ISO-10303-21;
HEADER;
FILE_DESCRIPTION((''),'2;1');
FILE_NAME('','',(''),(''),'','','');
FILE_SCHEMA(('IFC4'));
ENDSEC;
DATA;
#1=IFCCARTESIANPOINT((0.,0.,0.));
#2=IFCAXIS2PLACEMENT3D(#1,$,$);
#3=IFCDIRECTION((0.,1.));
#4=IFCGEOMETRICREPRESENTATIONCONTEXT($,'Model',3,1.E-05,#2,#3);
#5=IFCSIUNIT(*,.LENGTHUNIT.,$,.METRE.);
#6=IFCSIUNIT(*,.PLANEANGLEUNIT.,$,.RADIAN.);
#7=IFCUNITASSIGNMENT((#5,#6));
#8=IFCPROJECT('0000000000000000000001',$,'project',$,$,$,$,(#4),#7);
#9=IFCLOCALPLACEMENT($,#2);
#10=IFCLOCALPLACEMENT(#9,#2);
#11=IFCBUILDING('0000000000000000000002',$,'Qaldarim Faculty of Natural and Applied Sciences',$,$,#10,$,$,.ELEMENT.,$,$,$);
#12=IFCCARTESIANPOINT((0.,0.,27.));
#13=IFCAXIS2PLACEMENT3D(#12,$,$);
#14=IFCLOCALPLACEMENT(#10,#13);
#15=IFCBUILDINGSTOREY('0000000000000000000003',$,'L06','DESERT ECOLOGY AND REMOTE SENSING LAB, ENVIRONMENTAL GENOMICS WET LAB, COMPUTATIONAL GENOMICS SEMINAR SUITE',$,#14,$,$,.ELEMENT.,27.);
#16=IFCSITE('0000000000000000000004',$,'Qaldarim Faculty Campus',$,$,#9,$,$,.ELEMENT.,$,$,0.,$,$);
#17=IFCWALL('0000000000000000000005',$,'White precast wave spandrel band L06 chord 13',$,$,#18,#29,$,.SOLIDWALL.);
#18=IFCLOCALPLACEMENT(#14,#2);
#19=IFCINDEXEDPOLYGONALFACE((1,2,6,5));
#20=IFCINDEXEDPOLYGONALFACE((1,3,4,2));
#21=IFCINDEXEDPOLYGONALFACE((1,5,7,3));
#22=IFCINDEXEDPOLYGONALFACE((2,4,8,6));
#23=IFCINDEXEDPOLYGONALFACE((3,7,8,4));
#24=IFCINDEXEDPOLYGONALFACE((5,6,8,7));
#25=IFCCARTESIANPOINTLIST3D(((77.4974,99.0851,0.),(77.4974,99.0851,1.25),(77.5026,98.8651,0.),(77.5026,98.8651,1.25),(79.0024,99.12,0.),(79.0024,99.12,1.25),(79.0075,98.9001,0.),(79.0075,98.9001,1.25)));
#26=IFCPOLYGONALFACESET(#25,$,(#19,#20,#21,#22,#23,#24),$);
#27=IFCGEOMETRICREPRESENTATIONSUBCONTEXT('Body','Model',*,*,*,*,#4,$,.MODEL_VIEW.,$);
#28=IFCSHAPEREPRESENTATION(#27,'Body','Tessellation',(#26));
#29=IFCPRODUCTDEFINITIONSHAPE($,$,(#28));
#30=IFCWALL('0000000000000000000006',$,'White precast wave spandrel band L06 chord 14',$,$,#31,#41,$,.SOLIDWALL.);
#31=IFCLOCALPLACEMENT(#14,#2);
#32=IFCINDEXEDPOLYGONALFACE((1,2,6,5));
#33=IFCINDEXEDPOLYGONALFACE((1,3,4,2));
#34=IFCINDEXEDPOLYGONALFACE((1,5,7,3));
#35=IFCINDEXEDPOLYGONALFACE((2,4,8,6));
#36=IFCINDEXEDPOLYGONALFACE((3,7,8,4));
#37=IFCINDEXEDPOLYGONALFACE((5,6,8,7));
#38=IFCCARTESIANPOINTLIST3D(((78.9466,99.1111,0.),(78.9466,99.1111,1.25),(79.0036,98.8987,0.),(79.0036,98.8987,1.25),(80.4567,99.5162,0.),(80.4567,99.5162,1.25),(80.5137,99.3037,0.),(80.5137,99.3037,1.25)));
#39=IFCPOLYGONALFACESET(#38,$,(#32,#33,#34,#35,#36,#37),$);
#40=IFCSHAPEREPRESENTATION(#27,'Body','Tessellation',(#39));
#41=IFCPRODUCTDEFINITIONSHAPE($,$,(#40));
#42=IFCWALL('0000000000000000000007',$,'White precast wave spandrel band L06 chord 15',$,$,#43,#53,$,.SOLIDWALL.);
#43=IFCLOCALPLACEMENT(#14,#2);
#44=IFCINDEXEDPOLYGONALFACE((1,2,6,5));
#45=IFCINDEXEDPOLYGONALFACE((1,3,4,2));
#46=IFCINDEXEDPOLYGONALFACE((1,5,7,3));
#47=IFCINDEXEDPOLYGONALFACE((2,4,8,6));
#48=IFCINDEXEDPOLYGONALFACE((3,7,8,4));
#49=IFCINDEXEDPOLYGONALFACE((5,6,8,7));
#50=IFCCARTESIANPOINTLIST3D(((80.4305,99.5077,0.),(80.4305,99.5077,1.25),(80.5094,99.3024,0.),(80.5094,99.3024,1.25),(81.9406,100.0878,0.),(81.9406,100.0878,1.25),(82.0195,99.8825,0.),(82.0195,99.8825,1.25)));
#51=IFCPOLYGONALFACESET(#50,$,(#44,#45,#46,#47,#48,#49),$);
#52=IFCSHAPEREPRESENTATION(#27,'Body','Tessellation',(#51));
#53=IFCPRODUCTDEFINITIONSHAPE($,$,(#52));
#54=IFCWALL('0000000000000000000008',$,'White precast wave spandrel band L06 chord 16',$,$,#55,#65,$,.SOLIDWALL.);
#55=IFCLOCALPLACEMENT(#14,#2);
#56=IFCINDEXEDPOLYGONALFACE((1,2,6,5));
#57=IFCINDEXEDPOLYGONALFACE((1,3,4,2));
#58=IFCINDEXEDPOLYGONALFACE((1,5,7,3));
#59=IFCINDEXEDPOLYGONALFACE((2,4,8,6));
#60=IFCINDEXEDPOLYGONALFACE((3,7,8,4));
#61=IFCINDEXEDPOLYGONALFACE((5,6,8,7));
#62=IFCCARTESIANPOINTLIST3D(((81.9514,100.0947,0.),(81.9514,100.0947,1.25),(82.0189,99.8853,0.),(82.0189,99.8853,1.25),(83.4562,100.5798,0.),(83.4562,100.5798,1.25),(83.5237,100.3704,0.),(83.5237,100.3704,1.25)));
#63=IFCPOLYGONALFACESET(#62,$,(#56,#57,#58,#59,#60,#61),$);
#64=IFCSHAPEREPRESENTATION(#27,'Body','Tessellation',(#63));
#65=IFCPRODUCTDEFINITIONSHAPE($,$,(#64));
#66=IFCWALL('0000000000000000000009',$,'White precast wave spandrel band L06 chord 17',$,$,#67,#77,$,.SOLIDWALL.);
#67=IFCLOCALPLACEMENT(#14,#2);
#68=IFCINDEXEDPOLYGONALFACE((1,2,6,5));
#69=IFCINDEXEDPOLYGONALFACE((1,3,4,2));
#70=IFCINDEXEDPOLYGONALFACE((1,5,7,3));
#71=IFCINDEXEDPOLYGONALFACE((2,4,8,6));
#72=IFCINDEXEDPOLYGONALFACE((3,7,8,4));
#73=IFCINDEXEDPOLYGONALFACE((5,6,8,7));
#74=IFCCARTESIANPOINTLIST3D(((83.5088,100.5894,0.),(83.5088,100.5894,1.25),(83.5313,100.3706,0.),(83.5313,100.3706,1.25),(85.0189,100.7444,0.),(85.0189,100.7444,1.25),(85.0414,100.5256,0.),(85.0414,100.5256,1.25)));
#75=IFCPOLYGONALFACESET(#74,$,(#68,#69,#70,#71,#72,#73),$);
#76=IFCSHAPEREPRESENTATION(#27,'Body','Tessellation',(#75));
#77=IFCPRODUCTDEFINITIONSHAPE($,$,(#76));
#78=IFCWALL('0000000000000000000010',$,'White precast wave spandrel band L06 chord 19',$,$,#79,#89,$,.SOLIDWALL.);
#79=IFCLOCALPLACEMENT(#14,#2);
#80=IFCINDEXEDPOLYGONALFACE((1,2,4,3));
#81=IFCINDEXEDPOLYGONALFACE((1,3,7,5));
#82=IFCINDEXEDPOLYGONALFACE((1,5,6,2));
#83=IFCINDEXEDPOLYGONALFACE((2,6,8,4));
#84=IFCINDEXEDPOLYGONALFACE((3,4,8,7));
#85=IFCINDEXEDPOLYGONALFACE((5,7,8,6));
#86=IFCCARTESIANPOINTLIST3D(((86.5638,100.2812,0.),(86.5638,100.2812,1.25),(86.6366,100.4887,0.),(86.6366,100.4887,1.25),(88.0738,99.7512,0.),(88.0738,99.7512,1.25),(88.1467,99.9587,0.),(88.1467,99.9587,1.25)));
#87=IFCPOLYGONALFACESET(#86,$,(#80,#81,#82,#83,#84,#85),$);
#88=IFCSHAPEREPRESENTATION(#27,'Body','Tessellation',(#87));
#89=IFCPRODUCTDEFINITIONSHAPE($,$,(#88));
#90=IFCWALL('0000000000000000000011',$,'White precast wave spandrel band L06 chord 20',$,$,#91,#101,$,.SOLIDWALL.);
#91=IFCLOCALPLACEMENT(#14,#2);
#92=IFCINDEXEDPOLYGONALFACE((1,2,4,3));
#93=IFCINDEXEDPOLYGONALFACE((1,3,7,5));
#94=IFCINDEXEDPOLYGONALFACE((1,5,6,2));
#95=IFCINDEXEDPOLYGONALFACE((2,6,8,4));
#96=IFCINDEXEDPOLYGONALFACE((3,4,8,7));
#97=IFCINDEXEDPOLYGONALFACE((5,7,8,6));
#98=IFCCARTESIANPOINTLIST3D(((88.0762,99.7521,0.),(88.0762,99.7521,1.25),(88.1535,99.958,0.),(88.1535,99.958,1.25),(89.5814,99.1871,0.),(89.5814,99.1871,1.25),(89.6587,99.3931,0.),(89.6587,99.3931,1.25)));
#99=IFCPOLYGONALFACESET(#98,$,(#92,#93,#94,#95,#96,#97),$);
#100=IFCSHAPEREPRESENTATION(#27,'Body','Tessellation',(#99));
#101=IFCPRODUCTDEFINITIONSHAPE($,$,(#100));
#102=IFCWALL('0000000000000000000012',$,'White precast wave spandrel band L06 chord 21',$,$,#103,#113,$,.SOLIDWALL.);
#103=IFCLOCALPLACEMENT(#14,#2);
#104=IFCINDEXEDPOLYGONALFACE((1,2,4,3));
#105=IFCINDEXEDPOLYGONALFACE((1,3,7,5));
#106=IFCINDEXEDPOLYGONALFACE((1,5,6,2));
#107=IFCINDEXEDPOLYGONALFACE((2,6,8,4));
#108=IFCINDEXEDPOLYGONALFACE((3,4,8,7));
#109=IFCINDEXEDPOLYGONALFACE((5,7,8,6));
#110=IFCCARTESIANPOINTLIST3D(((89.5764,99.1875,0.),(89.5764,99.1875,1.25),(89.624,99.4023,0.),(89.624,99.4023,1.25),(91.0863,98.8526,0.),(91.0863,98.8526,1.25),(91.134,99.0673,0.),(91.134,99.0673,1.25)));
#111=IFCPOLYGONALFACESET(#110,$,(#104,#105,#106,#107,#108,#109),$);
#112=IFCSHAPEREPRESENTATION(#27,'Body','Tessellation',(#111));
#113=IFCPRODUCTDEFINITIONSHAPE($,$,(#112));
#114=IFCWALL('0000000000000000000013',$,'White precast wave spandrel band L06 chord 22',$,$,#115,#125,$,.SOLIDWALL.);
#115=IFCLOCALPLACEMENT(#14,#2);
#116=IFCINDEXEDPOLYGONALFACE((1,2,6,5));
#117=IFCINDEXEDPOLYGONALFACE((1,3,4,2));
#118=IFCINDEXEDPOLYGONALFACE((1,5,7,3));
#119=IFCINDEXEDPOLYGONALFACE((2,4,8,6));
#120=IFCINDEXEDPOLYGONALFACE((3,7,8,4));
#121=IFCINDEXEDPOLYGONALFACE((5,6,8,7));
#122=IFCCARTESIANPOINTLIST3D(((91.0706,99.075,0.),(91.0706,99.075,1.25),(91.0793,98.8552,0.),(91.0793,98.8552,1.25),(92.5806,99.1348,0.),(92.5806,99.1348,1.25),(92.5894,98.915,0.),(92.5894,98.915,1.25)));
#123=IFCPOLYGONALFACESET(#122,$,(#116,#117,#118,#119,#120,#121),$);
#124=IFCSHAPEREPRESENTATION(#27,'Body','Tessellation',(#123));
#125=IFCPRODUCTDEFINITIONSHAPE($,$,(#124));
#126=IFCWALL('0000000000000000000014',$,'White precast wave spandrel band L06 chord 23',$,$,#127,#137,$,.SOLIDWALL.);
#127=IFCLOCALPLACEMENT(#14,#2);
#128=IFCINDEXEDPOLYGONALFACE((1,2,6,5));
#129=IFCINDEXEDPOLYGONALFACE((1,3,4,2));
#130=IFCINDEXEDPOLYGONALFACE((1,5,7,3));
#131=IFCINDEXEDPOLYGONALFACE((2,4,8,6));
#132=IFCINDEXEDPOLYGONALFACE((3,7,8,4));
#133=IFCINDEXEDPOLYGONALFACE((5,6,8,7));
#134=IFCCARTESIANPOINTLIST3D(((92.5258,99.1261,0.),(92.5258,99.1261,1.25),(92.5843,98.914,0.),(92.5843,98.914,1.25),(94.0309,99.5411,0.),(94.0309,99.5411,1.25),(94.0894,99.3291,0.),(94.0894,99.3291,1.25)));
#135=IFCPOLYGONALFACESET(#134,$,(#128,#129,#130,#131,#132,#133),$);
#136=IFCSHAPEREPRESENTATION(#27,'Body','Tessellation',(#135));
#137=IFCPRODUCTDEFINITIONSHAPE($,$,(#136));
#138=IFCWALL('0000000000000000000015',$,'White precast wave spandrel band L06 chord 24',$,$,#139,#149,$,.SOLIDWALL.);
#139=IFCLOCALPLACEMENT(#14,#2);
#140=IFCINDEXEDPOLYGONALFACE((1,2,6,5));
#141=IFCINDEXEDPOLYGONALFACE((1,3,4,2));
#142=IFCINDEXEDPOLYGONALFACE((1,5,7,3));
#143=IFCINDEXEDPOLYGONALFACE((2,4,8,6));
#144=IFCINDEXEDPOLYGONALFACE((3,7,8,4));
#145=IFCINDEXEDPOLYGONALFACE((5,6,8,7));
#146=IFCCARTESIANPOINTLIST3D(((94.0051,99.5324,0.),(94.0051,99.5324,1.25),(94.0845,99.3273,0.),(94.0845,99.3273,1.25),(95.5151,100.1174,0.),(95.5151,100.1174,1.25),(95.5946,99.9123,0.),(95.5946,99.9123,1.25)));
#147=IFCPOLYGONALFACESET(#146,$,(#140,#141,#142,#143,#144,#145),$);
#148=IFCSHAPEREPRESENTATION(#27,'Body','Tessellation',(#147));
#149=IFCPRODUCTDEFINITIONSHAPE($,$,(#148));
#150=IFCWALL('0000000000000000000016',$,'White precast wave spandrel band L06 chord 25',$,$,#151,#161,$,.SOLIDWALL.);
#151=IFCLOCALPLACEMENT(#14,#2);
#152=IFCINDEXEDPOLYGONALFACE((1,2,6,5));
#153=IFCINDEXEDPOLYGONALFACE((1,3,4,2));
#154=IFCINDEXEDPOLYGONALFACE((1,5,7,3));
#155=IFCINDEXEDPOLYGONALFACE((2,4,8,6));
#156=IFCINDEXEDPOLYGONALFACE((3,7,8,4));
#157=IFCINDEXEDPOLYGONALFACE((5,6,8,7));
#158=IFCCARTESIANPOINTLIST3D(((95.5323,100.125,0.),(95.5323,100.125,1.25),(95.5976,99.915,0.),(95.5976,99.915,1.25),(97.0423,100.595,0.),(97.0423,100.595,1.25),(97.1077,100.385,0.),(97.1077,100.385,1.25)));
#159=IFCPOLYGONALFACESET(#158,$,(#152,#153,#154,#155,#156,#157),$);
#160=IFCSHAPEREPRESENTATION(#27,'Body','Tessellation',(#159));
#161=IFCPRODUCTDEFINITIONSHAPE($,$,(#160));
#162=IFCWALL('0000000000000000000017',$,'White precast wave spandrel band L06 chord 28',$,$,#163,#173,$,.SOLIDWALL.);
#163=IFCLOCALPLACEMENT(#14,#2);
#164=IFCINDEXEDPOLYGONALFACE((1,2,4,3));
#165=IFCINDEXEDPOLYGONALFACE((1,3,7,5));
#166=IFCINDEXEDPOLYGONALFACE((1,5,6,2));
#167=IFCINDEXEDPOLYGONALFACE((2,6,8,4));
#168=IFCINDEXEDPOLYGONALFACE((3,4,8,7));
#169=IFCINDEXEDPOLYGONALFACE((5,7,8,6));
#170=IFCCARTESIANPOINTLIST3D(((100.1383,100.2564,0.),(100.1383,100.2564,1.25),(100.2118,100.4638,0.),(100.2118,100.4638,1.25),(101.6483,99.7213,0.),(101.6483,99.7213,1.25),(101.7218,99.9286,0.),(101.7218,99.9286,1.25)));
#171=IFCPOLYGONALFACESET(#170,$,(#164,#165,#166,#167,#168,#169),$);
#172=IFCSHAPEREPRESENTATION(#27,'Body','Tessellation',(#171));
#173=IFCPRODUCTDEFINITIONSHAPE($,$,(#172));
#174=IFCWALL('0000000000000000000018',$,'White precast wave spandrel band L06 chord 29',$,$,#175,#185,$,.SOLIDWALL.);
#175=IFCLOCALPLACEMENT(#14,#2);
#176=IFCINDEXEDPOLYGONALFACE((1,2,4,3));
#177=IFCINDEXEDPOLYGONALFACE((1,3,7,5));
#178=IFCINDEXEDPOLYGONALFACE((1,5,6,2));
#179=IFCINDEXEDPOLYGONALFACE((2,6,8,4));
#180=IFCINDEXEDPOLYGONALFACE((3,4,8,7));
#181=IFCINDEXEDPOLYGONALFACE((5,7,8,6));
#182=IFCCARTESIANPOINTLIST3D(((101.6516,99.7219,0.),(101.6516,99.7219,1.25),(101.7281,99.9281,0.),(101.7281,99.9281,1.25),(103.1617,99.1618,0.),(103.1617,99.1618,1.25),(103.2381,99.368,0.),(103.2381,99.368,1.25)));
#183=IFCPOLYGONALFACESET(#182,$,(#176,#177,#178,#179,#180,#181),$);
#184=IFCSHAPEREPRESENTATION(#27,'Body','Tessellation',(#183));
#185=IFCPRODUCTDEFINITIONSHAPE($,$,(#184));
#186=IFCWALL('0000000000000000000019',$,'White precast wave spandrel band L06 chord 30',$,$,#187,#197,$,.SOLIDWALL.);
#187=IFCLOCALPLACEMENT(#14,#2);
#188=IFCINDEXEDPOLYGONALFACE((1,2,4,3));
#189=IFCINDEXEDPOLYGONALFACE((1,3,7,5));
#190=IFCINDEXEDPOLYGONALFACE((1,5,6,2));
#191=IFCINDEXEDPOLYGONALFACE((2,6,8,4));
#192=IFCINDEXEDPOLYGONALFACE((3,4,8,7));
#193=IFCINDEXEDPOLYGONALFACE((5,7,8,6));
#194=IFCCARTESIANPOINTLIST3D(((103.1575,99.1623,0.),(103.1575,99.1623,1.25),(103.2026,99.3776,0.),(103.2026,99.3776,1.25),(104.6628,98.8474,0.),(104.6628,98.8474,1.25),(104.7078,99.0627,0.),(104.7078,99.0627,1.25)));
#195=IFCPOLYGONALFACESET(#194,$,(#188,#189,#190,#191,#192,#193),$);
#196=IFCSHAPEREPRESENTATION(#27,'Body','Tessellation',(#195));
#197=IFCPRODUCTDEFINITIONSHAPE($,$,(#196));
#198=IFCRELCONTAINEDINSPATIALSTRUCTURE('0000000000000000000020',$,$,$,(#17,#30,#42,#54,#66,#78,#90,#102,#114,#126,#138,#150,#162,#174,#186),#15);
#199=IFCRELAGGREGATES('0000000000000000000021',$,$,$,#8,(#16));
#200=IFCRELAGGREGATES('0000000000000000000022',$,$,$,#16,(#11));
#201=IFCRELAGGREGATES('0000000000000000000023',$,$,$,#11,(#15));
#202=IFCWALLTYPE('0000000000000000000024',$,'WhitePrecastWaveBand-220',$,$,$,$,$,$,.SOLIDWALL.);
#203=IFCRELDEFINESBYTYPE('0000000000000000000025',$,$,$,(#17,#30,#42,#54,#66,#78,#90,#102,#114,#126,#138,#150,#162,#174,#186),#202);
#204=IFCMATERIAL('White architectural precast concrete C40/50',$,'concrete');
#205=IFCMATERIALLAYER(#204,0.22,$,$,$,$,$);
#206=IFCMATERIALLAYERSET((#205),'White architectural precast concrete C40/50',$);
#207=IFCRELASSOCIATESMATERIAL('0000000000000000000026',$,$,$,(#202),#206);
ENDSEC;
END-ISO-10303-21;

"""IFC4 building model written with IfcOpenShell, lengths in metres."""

from ifc_helpers import new_model, si_unit, direction, frame, frame_2d, origin, place, context, subcontext, project, spatial, rectangle, extrude, material, layer, layer_set, type_object, element, save


model = new_model("IFC4")

# Units and contexts
model_context = context("Model", 3, precision=1e-05, world=origin(), true_north=direction((0.0, 1.0)))
body_context = subcontext(model_context, "Body", "Model", "MODEL_VIEW")
ifc_project = project(units=[si_unit("LENGTHUNIT", "METRE"), si_unit("PLANEANGLEUNIT", "RADIAN")], contexts=[model_context])

# Site, building, storey
site_placement = place(None, origin())
site = spatial("IfcSite", under=ifc_project, at=site_placement, Name="Qaldarim Faculty Campus", CompositionType="ELEMENT", RefElevation=0.0)
building_placement = place(site_placement, origin())
building = spatial("IfcBuilding", under=site, at=building_placement, Name="Qaldarim Faculty of Natural and Applied Sciences", CompositionType="ELEMENT")
storey_placement = place(building_placement, frame((0.0, 0.0, 27.0)))
storey = spatial("IfcBuildingStorey", under=building, at=storey_placement, Name="L06", Description="DESERT ECOLOGY AND REMOTE SENSING LAB, ENVIRONMENTAL GENOMICS WET LAB, COMPUTATIONAL GENOMICS SEMINAR SUITE", CompositionType="ELEMENT", Elevation=27.0)

# Walls
ifc_material = material(Name="White architectural precast concrete C40/50", Category="concrete")
ifc_layer_1 = layer(ifc_material, 0.22)
ifc_layer_set_1 = layer_set([ifc_layer_1], Name="White architectural precast concrete C40/50")
wall_type = type_object("IfcWallType", Name="WhitePrecastWaveBand-220", PredefinedType="SOLIDWALL", material=ifc_layer_set_1)
wall_1_placement = place(storey_placement, frame((77.5, 98.9751, 0.0), z_axis=(0.0, 0.0, 1.0), x_axis=(0.999731, 0.023193, 0.0)))
element("IfcWall", 1, at=wall_1_placement, inside=storey, type_object=wall_type, Name="White precast wave spandrel band L06 chord 13", PredefinedType="SOLIDWALL", context=body_context, shape_type="SweptSolid", body=[
    extrude(rectangle(XDim=1.5054, YDim=0.22, at=frame_2d((0.7527, 0.0))), origin(), (0.0, 0.0, 1.0), 1.25),
])
wall_2_placement = place(storey_placement, frame((78.9751, 99.0049, 0.0), z_axis=(0.0, 0.0, 1.0), x_axis=(0.965858, 0.259072, 0.0)))
element("IfcWall", 2, at=wall_2_placement, inside=storey, type_object=wall_type, Name="White precast wave spandrel band L06 chord 14", PredefinedType="SOLIDWALL", context=body_context, shape_type="SweptSolid", body=[
    extrude(rectangle(XDim=1.5635, YDim=0.22, at=frame_2d((0.7817, 0.0))), origin(), (0.0, 0.0, 1.0), 1.25),
])
wall_3_placement = place(storey_placement, frame((80.47, 99.405, 0.0), z_axis=(0.0, 0.0, 1.0), x_axis=(0.933489, 0.358605, 0.0)))
element("IfcWall", 3, at=wall_3_placement, inside=storey, type_object=wall_type, Name="White precast wave spandrel band L06 chord 15", PredefinedType="SOLIDWALL", context=body_context, shape_type="SweptSolid", body=[
    extrude(rectangle(XDim=1.6177, YDim=0.22, at=frame_2d((0.8088, 0.0))), origin(), (0.0, 0.0, 1.0), 1.25),
])
wall_4_placement = place(storey_placement, frame((81.9851, 99.99, 0.0), z_axis=(0.0, 0.0, 1.0), x_axis=(0.951771, 0.306809, 0.0)))
element("IfcWall", 4, at=wall_4_placement, inside=storey, type_object=wall_type, Name="White precast wave spandrel band L06 chord 16", PredefinedType="SOLIDWALL", context=body_context, shape_type="SweptSolid", body=[
    extrude(rectangle(XDim=1.5811, YDim=0.22, at=frame_2d((0.7905, 0.0))), origin(), (0.0, 0.0, 1.0), 1.25),
])
wall_5_placement = place(storey_placement, frame((83.52, 100.48, 0.0), z_axis=(0.0, 0.0, 1.0), x_axis=(0.994771, 0.102131, 0.0)))
element("IfcWall", 5, at=wall_5_placement, inside=storey, type_object=wall_type, Name="White precast wave spandrel band L06 chord 17", PredefinedType="SOLIDWALL", context=body_context, shape_type="SweptSolid", body=[
    extrude(rectangle(XDim=1.5181, YDim=0.22, at=frame_2d((0.759, 0.0))), origin(), (0.0, 0.0, 1.0), 1.25),
])
wall_6_placement = place(storey_placement, frame((86.6001, 100.385, 0.0), z_axis=(0.0, 0.0, 1.0), x_axis=(0.943561, -0.3312, 0.0)))
element("IfcWall", 6, at=wall_6_placement, inside=storey, type_object=wall_type, Name="White precast wave spandrel band L06 chord 19", PredefinedType="SOLIDWALL", context=body_context, shape_type="SweptSolid", body=[
    extrude(rectangle(XDim=1.6003, YDim=0.22, at=frame_2d((0.8003, 0.0))), origin(), (0.0, 0.0, 1.0), 1.25),
])
wall_7_placement = place(storey_placement, frame((88.115, 99.855, 0.0), z_axis=(0.0, 0.0, 1.0), x_axis=(0.936223, -0.351406, 0.0)))
element("IfcWall", 7, at=wall_7_placement, inside=storey, type_object=wall_type, Name="White precast wave spandrel band L06 chord 20", PredefinedType="SOLIDWALL", context=body_context, shape_type="SweptSolid", body=[
    extrude(rectangle(XDim=1.6077, YDim=0.22, at=frame_2d((0.8037, 0.0))), origin(), (0.0, 0.0, 1.0), 1.25),
])
wall_8_placement = place(storey_placement, frame((89.6001, 99.2949, 0.0), z_axis=(0.0, 0.0, 1.0), x_axis=(0.976269, -0.216563, 0.0)))
element("IfcWall", 8, at=wall_8_placement, inside=storey, type_object=wall_type, Name="White precast wave spandrel band L06 chord 21", PredefinedType="SOLIDWALL", context=body_context, shape_type="SweptSolid", body=[
    extrude(rectangle(XDim=1.5466, YDim=0.22, at=frame_2d((0.7734, 0.0))), origin(), (0.0, 0.0, 1.0), 1.25),
])
wall_9_placement = place(storey_placement, frame((91.075, 98.9651, 0.0), z_axis=(0.0, 0.0, 1.0), x_axis=(0.999216, 0.039581, 0.0)))
element("IfcWall", 9, at=wall_9_placement, inside=storey, type_object=wall_type, Name="White precast wave spandrel band L06 chord 22", PredefinedType="SOLIDWALL", context=body_context, shape_type="SweptSolid", body=[
    extrude(rectangle(XDim=1.5112, YDim=0.22, at=frame_2d((0.7556, 0.0))), origin(), (0.0, 0.0, 1.0), 1.25),
])
wall_10_placement = place(storey_placement, frame((92.5549, 99.02, 0.0), z_axis=(0.0, 0.0, 1.0), x_axis=(0.96402, 0.265829, 0.0)))
element("IfcWall", 10, at=wall_10_placement, inside=storey, type_object=wall_type, Name="White precast wave spandrel band L06 chord 23", PredefinedType="SOLIDWALL", context=body_context, shape_type="SweptSolid", body=[
    extrude(rectangle(XDim=1.5613, YDim=0.22, at=frame_2d((0.7808, 0.0))), origin(), (0.0, 0.0, 1.0), 1.25),
])
wall_11_placement = place(storey_placement, frame((94.0449, 99.4299, 0.0), z_axis=(0.0, 0.0, 1.0), x_axis=(0.932476, 0.361231, 0.0)))
element("IfcWall", 11, at=wall_11_placement, inside=storey, type_object=wall_type, Name="White precast wave spandrel band L06 chord 24", PredefinedType="SOLIDWALL", context=body_context, shape_type="SweptSolid", body=[
    extrude(rectangle(XDim=1.6194, YDim=0.22, at=frame_2d((0.8096, 0.0))), origin(), (0.0, 0.0, 1.0), 1.25),
])
wall_12_placement = place(storey_placement, frame((95.5649, 100.02, 0.0), z_axis=(0.0, 0.0, 1.0), x_axis=(0.954823, 0.297176, 0.0)))
element("IfcWall", 12, at=wall_12_placement, inside=storey, type_object=wall_type, Name="White precast wave spandrel band L06 chord 25", PredefinedType="SOLIDWALL", context=body_context, shape_type="SweptSolid", body=[
    extrude(rectangle(XDim=1.5815, YDim=0.22, at=frame_2d((0.7908, 0.0))), origin(), (0.0, 0.0, 1.0), 1.25),
])
wall_13_placement = place(storey_placement, frame((100.175, 100.3601, 0.0), z_axis=(0.0, 0.0, 1.0), x_axis=(0.942556, -0.334047, 0.0)))
element("IfcWall", 13, at=wall_13_placement, inside=storey, type_object=wall_type, Name="White precast wave spandrel band L06 chord 28", PredefinedType="SOLIDWALL", context=body_context, shape_type="SweptSolid", body=[
    extrude(rectangle(XDim=1.6021, YDim=0.22, at=frame_2d((0.801, 0.0))), origin(), (0.0, 0.0, 1.0), 1.25),
])
wall_14_placement = place(storey_placement, frame((101.6899, 99.825, 0.0), z_axis=(0.0, 0.0, 1.0), x_axis=(0.937588, -0.347749, 0.0)))
element("IfcWall", 14, at=wall_14_placement, inside=storey, type_object=wall_type, Name="White precast wave spandrel band L06 chord 29", PredefinedType="SOLIDWALL", context=body_context, shape_type="SweptSolid", body=[
    extrude(rectangle(XDim=1.6106, YDim=0.22, at=frame_2d((0.8052, 0.0))), origin(), (0.0, 0.0, 1.0), 1.25),
])
wall_15_placement = place(storey_placement, frame((103.1799, 99.27, 0.0), z_axis=(0.0, 0.0, 1.0), x_axis=(0.978802, -0.20481, 0.0)))
element("IfcWall", 15, at=wall_15_placement, inside=storey, type_object=wall_type, Name="White precast wave spandrel band L06 chord 30", PredefinedType="SOLIDWALL", context=body_context, shape_type="SweptSolid", body=[
    extrude(rectangle(XDim=1.5378, YDim=0.22, at=frame_2d((0.769, 0.0))), origin(), (0.0, 0.0, 1.0), 1.25),
])

save(model, "model.ifc")
